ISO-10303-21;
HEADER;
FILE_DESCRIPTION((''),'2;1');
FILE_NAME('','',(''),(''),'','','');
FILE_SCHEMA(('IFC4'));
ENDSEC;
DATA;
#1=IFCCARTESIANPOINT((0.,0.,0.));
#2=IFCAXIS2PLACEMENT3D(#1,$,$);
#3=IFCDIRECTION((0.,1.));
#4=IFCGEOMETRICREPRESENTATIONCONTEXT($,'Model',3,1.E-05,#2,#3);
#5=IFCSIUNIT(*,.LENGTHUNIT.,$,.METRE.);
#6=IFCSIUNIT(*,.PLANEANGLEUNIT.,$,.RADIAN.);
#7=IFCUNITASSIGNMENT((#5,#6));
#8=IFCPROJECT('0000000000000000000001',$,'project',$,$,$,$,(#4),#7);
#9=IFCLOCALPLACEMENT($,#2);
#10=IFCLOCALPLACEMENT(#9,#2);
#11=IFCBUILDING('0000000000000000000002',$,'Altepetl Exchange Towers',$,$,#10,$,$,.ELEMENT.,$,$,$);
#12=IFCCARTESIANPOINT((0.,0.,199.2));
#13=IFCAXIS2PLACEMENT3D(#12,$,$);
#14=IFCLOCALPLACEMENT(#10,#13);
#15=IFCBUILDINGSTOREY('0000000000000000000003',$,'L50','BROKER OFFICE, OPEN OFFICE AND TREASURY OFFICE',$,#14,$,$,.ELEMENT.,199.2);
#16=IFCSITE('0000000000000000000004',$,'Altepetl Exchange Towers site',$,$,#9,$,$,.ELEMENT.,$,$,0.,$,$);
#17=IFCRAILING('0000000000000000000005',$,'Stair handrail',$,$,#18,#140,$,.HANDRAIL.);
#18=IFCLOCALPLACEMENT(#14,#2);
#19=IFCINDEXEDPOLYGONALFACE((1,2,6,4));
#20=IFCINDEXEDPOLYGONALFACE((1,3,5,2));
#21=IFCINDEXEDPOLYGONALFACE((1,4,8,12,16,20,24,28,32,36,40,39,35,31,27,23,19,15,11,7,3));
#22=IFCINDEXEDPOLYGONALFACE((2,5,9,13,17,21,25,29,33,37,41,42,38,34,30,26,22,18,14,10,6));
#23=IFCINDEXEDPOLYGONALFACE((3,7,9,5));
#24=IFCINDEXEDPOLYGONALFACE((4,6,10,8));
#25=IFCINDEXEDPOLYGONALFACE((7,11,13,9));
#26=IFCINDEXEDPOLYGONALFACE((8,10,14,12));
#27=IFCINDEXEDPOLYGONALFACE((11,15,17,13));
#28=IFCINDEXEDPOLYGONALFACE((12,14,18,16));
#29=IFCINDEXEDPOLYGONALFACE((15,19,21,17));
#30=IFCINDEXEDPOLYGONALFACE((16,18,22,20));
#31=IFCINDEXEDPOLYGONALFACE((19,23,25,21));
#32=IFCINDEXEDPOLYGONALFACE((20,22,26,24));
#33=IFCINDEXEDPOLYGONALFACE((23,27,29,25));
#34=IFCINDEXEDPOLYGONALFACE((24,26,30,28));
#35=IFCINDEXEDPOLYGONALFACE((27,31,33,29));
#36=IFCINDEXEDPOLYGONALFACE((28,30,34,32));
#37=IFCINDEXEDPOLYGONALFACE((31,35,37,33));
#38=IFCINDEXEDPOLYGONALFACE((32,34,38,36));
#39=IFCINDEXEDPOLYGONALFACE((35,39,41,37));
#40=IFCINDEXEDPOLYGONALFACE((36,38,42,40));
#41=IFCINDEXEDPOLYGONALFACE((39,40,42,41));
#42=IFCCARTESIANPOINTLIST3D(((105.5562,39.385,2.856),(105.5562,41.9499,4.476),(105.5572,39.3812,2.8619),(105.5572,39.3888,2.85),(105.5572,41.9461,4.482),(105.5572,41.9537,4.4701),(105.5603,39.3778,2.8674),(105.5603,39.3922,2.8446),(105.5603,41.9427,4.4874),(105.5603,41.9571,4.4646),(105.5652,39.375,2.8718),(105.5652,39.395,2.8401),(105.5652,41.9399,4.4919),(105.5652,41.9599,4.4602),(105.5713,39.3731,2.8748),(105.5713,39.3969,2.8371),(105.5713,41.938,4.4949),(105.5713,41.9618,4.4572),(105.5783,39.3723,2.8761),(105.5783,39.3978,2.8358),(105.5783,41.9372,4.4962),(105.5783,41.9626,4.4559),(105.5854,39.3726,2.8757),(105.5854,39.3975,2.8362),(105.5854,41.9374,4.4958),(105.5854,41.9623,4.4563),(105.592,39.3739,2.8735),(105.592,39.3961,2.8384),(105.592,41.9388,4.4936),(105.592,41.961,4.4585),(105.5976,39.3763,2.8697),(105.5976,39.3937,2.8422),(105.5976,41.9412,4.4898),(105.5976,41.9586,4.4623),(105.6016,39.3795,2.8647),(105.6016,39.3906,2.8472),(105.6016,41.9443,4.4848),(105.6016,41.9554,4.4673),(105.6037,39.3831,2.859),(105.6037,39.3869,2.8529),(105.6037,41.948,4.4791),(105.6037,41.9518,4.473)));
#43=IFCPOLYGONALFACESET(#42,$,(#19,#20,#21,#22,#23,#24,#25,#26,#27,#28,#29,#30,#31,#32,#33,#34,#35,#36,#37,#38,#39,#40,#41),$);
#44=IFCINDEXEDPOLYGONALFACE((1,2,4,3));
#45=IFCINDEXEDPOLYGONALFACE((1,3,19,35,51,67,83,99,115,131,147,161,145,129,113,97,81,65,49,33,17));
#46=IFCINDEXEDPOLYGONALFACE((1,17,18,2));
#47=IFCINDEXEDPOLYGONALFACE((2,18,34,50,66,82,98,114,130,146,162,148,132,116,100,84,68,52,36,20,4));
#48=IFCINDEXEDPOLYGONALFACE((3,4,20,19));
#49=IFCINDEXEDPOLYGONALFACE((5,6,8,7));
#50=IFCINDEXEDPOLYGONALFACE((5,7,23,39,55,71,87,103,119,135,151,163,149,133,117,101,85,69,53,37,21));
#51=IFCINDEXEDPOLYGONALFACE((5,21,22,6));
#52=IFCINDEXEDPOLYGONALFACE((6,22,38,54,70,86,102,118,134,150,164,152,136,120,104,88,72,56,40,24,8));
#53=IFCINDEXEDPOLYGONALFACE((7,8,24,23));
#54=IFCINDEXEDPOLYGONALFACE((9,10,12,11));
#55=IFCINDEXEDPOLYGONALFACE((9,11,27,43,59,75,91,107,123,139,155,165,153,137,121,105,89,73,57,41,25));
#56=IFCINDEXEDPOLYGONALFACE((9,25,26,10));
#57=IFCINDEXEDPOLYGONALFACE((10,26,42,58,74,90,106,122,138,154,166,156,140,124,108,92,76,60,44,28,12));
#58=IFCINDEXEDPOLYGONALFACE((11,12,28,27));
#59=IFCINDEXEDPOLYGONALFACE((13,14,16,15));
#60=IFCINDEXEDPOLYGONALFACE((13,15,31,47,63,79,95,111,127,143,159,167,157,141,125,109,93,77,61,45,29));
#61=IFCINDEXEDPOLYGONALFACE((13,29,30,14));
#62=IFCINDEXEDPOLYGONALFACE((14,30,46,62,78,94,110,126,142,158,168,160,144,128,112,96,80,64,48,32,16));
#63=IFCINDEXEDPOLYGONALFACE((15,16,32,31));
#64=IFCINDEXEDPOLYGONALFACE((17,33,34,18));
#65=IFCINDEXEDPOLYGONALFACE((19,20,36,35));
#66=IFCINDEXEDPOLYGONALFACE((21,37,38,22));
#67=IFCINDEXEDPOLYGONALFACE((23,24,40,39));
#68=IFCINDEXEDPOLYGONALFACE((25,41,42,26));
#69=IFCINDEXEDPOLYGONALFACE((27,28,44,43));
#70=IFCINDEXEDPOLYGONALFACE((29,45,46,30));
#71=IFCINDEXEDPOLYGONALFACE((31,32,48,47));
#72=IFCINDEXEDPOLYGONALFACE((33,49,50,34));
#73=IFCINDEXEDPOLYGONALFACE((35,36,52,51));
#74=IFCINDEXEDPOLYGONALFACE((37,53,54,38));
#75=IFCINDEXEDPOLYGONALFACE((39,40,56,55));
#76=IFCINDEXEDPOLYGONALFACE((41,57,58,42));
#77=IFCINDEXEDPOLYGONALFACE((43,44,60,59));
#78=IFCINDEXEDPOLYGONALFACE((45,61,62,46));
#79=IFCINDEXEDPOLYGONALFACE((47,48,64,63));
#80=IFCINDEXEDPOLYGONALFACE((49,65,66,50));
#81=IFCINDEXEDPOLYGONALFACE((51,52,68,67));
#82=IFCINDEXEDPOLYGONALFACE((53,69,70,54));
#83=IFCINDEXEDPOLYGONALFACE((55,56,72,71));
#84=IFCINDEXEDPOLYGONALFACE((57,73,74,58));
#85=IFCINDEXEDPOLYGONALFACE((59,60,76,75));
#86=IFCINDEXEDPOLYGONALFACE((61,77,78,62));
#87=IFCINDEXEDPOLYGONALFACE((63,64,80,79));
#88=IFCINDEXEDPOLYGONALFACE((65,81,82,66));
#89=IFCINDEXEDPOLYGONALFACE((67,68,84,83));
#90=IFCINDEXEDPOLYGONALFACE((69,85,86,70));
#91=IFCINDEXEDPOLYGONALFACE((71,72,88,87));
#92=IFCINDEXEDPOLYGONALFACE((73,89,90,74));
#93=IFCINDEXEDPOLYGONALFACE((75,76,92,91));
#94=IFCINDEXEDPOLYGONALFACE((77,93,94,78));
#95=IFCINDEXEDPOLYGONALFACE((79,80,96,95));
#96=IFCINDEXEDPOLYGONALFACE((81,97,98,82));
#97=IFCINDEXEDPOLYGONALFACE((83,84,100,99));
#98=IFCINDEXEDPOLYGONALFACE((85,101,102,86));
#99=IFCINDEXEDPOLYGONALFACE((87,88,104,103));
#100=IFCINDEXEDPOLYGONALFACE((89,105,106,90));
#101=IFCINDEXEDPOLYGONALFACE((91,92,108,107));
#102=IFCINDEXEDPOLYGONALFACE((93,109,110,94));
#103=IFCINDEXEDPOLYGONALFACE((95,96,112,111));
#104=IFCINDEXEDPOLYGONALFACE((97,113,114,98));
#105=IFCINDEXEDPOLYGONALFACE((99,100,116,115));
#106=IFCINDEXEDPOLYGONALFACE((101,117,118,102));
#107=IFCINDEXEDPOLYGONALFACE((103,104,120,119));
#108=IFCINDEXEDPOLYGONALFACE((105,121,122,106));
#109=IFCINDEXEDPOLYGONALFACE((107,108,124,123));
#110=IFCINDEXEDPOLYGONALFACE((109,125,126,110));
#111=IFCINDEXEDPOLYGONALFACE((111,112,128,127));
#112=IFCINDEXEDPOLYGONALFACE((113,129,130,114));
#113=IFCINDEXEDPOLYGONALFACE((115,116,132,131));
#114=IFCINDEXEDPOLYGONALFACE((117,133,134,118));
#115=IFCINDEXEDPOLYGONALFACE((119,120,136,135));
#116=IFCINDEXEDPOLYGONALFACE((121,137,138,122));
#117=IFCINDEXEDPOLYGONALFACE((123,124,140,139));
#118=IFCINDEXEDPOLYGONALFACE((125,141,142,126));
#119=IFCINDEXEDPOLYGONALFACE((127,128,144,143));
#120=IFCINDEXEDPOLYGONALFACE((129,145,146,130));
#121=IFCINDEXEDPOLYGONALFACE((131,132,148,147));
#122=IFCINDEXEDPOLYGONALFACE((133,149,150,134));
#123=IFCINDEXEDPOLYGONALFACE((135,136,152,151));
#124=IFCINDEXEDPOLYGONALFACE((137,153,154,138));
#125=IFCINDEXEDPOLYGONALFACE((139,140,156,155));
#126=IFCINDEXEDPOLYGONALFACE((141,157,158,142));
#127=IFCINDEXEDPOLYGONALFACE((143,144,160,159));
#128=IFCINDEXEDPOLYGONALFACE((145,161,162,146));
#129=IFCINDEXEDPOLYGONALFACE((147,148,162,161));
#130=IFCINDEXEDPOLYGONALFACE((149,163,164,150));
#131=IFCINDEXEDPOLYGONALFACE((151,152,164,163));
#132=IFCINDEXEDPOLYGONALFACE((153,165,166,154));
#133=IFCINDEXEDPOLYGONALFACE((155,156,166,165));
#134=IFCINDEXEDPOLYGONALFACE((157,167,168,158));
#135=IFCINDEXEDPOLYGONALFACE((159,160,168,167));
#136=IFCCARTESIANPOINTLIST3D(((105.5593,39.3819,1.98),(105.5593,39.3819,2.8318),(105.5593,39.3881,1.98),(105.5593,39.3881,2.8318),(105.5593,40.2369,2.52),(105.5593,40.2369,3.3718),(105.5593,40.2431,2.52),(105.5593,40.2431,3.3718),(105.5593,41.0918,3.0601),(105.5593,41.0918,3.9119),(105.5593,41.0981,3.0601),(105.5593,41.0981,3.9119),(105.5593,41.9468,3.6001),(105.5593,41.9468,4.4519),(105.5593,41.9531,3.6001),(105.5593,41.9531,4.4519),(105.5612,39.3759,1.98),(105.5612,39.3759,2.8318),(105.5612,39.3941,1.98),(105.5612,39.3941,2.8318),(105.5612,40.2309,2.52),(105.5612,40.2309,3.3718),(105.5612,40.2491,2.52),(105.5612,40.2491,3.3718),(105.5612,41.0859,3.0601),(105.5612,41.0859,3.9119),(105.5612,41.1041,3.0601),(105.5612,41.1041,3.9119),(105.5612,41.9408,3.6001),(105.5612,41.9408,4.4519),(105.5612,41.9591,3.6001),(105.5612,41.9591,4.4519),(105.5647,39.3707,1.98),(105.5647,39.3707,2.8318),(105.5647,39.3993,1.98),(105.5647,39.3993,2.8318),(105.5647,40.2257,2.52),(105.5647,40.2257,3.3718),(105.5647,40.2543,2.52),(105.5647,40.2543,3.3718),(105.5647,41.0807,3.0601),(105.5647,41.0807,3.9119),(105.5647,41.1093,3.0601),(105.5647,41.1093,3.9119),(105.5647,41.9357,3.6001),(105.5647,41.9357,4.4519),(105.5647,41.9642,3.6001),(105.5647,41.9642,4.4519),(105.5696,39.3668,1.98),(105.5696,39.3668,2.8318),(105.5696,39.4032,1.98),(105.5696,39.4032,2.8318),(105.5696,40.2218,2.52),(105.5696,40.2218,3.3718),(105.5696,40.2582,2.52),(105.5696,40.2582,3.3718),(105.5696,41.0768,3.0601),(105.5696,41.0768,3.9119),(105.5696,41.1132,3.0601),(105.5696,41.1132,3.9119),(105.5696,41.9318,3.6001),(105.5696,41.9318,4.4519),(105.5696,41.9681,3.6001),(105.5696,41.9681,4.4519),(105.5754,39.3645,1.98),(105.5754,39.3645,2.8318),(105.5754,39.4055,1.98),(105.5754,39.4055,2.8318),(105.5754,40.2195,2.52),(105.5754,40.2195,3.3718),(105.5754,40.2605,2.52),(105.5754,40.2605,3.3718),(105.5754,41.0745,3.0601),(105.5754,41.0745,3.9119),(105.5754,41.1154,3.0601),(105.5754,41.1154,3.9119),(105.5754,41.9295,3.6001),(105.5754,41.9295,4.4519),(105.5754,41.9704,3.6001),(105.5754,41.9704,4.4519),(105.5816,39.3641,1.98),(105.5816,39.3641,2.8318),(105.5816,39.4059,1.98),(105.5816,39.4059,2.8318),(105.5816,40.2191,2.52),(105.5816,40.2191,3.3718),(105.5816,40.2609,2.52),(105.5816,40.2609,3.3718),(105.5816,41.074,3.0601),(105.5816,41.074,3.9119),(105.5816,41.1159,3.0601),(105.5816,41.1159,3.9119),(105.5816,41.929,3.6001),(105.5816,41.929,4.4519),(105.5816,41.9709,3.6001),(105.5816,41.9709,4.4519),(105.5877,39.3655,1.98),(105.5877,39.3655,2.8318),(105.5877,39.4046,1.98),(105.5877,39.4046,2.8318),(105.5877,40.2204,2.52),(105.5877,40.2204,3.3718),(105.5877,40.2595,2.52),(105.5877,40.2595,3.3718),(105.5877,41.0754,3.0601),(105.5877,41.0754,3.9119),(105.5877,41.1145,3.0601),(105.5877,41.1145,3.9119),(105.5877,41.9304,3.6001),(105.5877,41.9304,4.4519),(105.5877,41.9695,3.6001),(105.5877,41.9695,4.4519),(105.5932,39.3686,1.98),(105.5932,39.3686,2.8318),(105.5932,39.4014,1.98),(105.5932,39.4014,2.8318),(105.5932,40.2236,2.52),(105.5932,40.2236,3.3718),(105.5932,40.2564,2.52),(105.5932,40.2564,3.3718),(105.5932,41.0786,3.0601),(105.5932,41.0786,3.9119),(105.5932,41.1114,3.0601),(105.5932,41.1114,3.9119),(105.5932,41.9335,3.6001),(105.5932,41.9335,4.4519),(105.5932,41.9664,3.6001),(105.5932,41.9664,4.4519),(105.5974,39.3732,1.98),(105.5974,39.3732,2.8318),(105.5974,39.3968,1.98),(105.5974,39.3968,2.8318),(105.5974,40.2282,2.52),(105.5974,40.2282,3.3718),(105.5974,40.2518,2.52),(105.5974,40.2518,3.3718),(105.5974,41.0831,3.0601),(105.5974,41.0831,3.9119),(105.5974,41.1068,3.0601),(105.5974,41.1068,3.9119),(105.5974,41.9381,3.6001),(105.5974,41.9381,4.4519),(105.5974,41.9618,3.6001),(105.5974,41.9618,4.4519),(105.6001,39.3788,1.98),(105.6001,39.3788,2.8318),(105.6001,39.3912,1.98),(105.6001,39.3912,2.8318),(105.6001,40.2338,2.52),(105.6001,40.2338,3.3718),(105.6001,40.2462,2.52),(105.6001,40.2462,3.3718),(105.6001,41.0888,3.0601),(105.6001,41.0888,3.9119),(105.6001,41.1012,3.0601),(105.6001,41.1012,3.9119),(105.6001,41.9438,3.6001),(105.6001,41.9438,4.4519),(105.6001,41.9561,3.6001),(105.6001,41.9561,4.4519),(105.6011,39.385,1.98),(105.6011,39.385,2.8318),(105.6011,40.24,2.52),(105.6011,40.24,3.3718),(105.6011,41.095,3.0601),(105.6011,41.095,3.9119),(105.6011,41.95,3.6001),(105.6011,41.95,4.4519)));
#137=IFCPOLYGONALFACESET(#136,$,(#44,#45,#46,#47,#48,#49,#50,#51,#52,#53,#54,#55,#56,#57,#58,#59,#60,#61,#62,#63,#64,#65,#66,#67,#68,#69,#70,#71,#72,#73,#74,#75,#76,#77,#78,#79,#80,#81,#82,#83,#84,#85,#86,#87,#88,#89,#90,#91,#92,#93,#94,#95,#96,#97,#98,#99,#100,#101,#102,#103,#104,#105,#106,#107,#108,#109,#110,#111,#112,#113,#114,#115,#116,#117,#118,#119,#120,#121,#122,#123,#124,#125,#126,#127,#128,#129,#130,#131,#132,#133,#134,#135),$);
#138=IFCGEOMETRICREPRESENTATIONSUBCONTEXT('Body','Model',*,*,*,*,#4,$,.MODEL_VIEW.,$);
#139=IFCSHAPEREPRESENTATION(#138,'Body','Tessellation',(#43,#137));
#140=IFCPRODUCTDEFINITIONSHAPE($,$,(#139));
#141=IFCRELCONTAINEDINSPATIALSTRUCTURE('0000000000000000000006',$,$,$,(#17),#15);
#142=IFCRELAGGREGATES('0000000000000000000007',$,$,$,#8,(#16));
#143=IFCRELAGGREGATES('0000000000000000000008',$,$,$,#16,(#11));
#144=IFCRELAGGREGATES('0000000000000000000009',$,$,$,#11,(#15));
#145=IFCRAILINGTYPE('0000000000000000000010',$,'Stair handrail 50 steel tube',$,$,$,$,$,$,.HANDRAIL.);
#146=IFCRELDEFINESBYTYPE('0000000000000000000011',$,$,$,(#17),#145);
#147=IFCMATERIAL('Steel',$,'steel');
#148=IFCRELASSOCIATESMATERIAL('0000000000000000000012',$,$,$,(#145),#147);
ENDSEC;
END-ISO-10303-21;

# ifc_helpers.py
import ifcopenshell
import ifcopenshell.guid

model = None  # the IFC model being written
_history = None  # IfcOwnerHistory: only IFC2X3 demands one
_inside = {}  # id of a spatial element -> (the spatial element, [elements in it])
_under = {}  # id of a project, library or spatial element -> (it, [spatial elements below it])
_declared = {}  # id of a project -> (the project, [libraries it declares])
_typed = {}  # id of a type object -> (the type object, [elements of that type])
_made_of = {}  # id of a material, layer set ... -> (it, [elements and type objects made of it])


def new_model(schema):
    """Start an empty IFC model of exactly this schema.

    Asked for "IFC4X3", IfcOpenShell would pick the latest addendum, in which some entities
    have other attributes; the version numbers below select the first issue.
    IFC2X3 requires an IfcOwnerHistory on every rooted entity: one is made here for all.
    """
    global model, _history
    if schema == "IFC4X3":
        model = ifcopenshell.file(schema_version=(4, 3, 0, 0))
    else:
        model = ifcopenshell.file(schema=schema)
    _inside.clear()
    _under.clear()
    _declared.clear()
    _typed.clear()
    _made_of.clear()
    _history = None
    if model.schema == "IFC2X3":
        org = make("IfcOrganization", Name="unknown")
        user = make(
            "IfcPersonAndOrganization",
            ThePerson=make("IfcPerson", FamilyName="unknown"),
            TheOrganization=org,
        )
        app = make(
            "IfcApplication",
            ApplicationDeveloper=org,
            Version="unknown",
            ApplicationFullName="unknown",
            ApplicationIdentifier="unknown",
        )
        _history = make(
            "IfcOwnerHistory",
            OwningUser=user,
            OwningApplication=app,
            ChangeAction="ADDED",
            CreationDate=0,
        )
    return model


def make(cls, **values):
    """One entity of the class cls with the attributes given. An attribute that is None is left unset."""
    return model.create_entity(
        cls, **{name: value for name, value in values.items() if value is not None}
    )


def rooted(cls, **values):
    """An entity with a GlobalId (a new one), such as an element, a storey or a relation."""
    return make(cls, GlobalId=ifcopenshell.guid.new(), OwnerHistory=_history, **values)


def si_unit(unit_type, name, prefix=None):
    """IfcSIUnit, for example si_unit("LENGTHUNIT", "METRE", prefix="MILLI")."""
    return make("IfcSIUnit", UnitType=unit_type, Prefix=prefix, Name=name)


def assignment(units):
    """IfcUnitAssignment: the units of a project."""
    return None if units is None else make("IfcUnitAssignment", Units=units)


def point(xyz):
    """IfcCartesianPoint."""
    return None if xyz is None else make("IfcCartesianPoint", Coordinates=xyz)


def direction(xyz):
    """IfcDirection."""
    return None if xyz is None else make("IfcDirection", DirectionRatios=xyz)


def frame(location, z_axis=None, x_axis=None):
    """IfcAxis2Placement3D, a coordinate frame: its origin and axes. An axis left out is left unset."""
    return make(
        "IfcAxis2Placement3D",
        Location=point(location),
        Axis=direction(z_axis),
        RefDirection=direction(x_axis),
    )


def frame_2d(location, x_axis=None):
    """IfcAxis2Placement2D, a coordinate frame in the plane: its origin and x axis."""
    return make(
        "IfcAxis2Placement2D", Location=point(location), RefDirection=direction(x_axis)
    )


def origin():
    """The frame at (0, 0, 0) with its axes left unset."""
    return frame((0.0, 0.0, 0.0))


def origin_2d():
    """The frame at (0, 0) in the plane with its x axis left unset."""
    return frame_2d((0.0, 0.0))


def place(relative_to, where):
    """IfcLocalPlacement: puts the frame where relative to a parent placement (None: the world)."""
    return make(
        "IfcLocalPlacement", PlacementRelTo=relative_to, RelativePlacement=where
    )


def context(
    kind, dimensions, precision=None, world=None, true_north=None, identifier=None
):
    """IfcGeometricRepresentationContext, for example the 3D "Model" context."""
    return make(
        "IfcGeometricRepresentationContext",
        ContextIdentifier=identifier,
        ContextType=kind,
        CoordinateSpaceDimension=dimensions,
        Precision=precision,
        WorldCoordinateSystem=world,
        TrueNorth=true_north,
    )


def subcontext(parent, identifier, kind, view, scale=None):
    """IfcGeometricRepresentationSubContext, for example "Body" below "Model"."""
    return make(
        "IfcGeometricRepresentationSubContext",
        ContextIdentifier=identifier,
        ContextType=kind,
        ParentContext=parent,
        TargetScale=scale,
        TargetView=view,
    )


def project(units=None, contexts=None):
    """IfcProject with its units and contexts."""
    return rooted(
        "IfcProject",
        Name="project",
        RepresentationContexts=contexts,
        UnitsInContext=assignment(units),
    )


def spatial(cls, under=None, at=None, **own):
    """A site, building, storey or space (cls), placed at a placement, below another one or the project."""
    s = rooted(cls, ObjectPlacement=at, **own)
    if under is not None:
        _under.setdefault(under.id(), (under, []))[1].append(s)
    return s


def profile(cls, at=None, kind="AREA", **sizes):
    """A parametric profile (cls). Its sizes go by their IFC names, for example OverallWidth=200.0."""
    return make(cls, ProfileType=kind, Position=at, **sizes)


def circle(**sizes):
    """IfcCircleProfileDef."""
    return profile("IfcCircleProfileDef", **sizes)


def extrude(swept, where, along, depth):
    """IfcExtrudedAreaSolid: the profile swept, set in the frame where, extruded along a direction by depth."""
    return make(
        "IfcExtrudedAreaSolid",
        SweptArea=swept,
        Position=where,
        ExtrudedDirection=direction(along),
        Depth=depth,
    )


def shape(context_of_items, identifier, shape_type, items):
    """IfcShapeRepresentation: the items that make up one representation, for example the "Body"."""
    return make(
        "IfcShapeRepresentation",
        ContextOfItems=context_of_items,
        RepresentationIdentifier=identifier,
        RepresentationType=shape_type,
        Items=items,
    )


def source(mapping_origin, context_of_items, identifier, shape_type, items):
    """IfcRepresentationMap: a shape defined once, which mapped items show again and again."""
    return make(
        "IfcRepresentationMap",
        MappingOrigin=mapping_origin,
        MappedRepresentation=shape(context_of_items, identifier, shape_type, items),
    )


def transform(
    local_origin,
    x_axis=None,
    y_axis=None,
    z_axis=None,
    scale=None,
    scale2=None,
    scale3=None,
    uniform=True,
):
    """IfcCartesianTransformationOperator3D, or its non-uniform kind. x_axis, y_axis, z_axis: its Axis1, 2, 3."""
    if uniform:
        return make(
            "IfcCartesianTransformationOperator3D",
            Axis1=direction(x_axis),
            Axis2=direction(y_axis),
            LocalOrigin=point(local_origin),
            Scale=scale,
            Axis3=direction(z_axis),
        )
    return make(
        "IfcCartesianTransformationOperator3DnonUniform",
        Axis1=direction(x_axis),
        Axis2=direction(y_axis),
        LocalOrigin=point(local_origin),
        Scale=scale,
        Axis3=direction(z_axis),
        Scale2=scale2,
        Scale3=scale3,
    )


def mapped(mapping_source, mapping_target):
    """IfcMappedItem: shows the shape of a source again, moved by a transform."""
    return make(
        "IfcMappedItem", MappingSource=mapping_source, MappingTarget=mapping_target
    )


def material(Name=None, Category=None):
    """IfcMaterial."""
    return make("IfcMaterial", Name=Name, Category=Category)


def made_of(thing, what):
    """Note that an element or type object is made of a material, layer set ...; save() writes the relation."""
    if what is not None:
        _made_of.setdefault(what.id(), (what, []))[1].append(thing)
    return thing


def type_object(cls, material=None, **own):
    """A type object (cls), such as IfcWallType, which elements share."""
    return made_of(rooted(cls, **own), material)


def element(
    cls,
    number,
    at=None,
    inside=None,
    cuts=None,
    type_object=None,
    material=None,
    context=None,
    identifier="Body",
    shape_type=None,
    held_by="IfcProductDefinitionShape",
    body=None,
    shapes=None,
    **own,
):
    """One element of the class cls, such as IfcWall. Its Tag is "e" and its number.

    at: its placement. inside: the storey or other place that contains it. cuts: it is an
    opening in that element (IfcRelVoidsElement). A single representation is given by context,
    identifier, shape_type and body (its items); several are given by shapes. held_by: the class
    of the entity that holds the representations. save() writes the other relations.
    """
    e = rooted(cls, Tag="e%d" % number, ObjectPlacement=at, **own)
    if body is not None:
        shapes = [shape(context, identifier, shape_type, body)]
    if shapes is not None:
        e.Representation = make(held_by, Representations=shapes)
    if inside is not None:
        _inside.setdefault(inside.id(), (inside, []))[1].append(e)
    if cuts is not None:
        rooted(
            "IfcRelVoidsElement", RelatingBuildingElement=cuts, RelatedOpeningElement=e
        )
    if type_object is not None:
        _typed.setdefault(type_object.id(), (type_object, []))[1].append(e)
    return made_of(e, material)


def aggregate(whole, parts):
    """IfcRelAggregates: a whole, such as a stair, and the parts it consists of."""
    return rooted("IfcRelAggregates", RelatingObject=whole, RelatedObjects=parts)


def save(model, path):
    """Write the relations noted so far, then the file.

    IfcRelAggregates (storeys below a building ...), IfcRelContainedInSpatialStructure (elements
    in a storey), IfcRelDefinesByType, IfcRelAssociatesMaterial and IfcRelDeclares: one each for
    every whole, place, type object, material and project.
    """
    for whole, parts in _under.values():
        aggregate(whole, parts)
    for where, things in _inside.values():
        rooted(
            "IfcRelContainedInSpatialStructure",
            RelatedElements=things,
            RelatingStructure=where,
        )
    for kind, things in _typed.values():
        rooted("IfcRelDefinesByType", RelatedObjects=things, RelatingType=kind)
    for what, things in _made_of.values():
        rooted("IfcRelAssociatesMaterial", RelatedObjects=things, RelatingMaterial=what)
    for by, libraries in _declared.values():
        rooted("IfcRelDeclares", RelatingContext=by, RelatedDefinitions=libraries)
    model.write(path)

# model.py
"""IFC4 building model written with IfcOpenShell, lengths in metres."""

from ifc_helpers import new_model, si_unit, direction, frame, origin, origin_2d, place, context, subcontext, project, spatial, circle, extrude, source, transform, mapped, material, type_object, element, save


model = new_model("IFC4")

# Units and contexts
model_context = context("Model", 3, precision=1e-05, world=origin(), true_north=direction((0.0, 1.0)))
body_context = subcontext(model_context, "Body", "Model", "MODEL_VIEW")
ifc_project = project(units=[si_unit("LENGTHUNIT", "METRE"), si_unit("PLANEANGLEUNIT", "RADIAN")], contexts=[model_context])

# Site, building, storey
site_placement = place(None, origin())
site = spatial("IfcSite", under=ifc_project, at=site_placement, Name="Altepetl Exchange Towers site", CompositionType="ELEMENT", RefElevation=0.0)
building_placement = place(site_placement, origin())
building = spatial("IfcBuilding", under=site, at=building_placement, Name="Altepetl Exchange Towers", CompositionType="ELEMENT")
storey_placement = place(building_placement, frame((0.0, 0.0, 199.2)))
storey = spatial("IfcBuildingStorey", under=building, at=storey_placement, Name="L50", Description="BROKER OFFICE, OPEN OFFICE AND TREASURY OFFICE", CompositionType="ELEMENT", Elevation=199.2)

# Railing
ifc_material_1 = material(Name="Steel", Category="steel")
railing_type = type_object("IfcRailingType", Name="Stair handrail 50 steel tube", PredefinedType="HANDRAIL", material=ifc_material_1)
shared_shape = source(origin(), body_context, "Body", "SweptSolid", [
    extrude(circle(Radius=0.021, at=origin_2d()), origin(), (0.0, 0.0, 1.0), 0.8518),
])
railing_1_placement = place(storey_placement, frame((105.5801, 39.385, 1.98)))
element("IfcRailing", 1, at=railing_1_placement, inside=storey, type_object=railing_type, Name="Stair handrail", PredefinedType="HANDRAIL", context=body_context, shape_type="SweptSolid", body=[
    extrude(circle(Radius=0.0239, at=origin_2d()), frame((0.0, 0.0, 0.876), z_axis=(0.0, 0.845466, 0.534029), x_axis=(-1.0, 0.0, 0.0)), (0.0, 0.0, 1.0), 3.0337),
    mapped(shared_shape, transform((0.0, 0.0, 0.0))),
    mapped(shared_shape, transform((0.0, 0.855, 0.54))),
    mapped(shared_shape, transform((0.0, 1.71, 1.0801))),
    mapped(shared_shape, transform((0.0, 2.5649, 1.6201))),
])

save(model, "model.ifc")
